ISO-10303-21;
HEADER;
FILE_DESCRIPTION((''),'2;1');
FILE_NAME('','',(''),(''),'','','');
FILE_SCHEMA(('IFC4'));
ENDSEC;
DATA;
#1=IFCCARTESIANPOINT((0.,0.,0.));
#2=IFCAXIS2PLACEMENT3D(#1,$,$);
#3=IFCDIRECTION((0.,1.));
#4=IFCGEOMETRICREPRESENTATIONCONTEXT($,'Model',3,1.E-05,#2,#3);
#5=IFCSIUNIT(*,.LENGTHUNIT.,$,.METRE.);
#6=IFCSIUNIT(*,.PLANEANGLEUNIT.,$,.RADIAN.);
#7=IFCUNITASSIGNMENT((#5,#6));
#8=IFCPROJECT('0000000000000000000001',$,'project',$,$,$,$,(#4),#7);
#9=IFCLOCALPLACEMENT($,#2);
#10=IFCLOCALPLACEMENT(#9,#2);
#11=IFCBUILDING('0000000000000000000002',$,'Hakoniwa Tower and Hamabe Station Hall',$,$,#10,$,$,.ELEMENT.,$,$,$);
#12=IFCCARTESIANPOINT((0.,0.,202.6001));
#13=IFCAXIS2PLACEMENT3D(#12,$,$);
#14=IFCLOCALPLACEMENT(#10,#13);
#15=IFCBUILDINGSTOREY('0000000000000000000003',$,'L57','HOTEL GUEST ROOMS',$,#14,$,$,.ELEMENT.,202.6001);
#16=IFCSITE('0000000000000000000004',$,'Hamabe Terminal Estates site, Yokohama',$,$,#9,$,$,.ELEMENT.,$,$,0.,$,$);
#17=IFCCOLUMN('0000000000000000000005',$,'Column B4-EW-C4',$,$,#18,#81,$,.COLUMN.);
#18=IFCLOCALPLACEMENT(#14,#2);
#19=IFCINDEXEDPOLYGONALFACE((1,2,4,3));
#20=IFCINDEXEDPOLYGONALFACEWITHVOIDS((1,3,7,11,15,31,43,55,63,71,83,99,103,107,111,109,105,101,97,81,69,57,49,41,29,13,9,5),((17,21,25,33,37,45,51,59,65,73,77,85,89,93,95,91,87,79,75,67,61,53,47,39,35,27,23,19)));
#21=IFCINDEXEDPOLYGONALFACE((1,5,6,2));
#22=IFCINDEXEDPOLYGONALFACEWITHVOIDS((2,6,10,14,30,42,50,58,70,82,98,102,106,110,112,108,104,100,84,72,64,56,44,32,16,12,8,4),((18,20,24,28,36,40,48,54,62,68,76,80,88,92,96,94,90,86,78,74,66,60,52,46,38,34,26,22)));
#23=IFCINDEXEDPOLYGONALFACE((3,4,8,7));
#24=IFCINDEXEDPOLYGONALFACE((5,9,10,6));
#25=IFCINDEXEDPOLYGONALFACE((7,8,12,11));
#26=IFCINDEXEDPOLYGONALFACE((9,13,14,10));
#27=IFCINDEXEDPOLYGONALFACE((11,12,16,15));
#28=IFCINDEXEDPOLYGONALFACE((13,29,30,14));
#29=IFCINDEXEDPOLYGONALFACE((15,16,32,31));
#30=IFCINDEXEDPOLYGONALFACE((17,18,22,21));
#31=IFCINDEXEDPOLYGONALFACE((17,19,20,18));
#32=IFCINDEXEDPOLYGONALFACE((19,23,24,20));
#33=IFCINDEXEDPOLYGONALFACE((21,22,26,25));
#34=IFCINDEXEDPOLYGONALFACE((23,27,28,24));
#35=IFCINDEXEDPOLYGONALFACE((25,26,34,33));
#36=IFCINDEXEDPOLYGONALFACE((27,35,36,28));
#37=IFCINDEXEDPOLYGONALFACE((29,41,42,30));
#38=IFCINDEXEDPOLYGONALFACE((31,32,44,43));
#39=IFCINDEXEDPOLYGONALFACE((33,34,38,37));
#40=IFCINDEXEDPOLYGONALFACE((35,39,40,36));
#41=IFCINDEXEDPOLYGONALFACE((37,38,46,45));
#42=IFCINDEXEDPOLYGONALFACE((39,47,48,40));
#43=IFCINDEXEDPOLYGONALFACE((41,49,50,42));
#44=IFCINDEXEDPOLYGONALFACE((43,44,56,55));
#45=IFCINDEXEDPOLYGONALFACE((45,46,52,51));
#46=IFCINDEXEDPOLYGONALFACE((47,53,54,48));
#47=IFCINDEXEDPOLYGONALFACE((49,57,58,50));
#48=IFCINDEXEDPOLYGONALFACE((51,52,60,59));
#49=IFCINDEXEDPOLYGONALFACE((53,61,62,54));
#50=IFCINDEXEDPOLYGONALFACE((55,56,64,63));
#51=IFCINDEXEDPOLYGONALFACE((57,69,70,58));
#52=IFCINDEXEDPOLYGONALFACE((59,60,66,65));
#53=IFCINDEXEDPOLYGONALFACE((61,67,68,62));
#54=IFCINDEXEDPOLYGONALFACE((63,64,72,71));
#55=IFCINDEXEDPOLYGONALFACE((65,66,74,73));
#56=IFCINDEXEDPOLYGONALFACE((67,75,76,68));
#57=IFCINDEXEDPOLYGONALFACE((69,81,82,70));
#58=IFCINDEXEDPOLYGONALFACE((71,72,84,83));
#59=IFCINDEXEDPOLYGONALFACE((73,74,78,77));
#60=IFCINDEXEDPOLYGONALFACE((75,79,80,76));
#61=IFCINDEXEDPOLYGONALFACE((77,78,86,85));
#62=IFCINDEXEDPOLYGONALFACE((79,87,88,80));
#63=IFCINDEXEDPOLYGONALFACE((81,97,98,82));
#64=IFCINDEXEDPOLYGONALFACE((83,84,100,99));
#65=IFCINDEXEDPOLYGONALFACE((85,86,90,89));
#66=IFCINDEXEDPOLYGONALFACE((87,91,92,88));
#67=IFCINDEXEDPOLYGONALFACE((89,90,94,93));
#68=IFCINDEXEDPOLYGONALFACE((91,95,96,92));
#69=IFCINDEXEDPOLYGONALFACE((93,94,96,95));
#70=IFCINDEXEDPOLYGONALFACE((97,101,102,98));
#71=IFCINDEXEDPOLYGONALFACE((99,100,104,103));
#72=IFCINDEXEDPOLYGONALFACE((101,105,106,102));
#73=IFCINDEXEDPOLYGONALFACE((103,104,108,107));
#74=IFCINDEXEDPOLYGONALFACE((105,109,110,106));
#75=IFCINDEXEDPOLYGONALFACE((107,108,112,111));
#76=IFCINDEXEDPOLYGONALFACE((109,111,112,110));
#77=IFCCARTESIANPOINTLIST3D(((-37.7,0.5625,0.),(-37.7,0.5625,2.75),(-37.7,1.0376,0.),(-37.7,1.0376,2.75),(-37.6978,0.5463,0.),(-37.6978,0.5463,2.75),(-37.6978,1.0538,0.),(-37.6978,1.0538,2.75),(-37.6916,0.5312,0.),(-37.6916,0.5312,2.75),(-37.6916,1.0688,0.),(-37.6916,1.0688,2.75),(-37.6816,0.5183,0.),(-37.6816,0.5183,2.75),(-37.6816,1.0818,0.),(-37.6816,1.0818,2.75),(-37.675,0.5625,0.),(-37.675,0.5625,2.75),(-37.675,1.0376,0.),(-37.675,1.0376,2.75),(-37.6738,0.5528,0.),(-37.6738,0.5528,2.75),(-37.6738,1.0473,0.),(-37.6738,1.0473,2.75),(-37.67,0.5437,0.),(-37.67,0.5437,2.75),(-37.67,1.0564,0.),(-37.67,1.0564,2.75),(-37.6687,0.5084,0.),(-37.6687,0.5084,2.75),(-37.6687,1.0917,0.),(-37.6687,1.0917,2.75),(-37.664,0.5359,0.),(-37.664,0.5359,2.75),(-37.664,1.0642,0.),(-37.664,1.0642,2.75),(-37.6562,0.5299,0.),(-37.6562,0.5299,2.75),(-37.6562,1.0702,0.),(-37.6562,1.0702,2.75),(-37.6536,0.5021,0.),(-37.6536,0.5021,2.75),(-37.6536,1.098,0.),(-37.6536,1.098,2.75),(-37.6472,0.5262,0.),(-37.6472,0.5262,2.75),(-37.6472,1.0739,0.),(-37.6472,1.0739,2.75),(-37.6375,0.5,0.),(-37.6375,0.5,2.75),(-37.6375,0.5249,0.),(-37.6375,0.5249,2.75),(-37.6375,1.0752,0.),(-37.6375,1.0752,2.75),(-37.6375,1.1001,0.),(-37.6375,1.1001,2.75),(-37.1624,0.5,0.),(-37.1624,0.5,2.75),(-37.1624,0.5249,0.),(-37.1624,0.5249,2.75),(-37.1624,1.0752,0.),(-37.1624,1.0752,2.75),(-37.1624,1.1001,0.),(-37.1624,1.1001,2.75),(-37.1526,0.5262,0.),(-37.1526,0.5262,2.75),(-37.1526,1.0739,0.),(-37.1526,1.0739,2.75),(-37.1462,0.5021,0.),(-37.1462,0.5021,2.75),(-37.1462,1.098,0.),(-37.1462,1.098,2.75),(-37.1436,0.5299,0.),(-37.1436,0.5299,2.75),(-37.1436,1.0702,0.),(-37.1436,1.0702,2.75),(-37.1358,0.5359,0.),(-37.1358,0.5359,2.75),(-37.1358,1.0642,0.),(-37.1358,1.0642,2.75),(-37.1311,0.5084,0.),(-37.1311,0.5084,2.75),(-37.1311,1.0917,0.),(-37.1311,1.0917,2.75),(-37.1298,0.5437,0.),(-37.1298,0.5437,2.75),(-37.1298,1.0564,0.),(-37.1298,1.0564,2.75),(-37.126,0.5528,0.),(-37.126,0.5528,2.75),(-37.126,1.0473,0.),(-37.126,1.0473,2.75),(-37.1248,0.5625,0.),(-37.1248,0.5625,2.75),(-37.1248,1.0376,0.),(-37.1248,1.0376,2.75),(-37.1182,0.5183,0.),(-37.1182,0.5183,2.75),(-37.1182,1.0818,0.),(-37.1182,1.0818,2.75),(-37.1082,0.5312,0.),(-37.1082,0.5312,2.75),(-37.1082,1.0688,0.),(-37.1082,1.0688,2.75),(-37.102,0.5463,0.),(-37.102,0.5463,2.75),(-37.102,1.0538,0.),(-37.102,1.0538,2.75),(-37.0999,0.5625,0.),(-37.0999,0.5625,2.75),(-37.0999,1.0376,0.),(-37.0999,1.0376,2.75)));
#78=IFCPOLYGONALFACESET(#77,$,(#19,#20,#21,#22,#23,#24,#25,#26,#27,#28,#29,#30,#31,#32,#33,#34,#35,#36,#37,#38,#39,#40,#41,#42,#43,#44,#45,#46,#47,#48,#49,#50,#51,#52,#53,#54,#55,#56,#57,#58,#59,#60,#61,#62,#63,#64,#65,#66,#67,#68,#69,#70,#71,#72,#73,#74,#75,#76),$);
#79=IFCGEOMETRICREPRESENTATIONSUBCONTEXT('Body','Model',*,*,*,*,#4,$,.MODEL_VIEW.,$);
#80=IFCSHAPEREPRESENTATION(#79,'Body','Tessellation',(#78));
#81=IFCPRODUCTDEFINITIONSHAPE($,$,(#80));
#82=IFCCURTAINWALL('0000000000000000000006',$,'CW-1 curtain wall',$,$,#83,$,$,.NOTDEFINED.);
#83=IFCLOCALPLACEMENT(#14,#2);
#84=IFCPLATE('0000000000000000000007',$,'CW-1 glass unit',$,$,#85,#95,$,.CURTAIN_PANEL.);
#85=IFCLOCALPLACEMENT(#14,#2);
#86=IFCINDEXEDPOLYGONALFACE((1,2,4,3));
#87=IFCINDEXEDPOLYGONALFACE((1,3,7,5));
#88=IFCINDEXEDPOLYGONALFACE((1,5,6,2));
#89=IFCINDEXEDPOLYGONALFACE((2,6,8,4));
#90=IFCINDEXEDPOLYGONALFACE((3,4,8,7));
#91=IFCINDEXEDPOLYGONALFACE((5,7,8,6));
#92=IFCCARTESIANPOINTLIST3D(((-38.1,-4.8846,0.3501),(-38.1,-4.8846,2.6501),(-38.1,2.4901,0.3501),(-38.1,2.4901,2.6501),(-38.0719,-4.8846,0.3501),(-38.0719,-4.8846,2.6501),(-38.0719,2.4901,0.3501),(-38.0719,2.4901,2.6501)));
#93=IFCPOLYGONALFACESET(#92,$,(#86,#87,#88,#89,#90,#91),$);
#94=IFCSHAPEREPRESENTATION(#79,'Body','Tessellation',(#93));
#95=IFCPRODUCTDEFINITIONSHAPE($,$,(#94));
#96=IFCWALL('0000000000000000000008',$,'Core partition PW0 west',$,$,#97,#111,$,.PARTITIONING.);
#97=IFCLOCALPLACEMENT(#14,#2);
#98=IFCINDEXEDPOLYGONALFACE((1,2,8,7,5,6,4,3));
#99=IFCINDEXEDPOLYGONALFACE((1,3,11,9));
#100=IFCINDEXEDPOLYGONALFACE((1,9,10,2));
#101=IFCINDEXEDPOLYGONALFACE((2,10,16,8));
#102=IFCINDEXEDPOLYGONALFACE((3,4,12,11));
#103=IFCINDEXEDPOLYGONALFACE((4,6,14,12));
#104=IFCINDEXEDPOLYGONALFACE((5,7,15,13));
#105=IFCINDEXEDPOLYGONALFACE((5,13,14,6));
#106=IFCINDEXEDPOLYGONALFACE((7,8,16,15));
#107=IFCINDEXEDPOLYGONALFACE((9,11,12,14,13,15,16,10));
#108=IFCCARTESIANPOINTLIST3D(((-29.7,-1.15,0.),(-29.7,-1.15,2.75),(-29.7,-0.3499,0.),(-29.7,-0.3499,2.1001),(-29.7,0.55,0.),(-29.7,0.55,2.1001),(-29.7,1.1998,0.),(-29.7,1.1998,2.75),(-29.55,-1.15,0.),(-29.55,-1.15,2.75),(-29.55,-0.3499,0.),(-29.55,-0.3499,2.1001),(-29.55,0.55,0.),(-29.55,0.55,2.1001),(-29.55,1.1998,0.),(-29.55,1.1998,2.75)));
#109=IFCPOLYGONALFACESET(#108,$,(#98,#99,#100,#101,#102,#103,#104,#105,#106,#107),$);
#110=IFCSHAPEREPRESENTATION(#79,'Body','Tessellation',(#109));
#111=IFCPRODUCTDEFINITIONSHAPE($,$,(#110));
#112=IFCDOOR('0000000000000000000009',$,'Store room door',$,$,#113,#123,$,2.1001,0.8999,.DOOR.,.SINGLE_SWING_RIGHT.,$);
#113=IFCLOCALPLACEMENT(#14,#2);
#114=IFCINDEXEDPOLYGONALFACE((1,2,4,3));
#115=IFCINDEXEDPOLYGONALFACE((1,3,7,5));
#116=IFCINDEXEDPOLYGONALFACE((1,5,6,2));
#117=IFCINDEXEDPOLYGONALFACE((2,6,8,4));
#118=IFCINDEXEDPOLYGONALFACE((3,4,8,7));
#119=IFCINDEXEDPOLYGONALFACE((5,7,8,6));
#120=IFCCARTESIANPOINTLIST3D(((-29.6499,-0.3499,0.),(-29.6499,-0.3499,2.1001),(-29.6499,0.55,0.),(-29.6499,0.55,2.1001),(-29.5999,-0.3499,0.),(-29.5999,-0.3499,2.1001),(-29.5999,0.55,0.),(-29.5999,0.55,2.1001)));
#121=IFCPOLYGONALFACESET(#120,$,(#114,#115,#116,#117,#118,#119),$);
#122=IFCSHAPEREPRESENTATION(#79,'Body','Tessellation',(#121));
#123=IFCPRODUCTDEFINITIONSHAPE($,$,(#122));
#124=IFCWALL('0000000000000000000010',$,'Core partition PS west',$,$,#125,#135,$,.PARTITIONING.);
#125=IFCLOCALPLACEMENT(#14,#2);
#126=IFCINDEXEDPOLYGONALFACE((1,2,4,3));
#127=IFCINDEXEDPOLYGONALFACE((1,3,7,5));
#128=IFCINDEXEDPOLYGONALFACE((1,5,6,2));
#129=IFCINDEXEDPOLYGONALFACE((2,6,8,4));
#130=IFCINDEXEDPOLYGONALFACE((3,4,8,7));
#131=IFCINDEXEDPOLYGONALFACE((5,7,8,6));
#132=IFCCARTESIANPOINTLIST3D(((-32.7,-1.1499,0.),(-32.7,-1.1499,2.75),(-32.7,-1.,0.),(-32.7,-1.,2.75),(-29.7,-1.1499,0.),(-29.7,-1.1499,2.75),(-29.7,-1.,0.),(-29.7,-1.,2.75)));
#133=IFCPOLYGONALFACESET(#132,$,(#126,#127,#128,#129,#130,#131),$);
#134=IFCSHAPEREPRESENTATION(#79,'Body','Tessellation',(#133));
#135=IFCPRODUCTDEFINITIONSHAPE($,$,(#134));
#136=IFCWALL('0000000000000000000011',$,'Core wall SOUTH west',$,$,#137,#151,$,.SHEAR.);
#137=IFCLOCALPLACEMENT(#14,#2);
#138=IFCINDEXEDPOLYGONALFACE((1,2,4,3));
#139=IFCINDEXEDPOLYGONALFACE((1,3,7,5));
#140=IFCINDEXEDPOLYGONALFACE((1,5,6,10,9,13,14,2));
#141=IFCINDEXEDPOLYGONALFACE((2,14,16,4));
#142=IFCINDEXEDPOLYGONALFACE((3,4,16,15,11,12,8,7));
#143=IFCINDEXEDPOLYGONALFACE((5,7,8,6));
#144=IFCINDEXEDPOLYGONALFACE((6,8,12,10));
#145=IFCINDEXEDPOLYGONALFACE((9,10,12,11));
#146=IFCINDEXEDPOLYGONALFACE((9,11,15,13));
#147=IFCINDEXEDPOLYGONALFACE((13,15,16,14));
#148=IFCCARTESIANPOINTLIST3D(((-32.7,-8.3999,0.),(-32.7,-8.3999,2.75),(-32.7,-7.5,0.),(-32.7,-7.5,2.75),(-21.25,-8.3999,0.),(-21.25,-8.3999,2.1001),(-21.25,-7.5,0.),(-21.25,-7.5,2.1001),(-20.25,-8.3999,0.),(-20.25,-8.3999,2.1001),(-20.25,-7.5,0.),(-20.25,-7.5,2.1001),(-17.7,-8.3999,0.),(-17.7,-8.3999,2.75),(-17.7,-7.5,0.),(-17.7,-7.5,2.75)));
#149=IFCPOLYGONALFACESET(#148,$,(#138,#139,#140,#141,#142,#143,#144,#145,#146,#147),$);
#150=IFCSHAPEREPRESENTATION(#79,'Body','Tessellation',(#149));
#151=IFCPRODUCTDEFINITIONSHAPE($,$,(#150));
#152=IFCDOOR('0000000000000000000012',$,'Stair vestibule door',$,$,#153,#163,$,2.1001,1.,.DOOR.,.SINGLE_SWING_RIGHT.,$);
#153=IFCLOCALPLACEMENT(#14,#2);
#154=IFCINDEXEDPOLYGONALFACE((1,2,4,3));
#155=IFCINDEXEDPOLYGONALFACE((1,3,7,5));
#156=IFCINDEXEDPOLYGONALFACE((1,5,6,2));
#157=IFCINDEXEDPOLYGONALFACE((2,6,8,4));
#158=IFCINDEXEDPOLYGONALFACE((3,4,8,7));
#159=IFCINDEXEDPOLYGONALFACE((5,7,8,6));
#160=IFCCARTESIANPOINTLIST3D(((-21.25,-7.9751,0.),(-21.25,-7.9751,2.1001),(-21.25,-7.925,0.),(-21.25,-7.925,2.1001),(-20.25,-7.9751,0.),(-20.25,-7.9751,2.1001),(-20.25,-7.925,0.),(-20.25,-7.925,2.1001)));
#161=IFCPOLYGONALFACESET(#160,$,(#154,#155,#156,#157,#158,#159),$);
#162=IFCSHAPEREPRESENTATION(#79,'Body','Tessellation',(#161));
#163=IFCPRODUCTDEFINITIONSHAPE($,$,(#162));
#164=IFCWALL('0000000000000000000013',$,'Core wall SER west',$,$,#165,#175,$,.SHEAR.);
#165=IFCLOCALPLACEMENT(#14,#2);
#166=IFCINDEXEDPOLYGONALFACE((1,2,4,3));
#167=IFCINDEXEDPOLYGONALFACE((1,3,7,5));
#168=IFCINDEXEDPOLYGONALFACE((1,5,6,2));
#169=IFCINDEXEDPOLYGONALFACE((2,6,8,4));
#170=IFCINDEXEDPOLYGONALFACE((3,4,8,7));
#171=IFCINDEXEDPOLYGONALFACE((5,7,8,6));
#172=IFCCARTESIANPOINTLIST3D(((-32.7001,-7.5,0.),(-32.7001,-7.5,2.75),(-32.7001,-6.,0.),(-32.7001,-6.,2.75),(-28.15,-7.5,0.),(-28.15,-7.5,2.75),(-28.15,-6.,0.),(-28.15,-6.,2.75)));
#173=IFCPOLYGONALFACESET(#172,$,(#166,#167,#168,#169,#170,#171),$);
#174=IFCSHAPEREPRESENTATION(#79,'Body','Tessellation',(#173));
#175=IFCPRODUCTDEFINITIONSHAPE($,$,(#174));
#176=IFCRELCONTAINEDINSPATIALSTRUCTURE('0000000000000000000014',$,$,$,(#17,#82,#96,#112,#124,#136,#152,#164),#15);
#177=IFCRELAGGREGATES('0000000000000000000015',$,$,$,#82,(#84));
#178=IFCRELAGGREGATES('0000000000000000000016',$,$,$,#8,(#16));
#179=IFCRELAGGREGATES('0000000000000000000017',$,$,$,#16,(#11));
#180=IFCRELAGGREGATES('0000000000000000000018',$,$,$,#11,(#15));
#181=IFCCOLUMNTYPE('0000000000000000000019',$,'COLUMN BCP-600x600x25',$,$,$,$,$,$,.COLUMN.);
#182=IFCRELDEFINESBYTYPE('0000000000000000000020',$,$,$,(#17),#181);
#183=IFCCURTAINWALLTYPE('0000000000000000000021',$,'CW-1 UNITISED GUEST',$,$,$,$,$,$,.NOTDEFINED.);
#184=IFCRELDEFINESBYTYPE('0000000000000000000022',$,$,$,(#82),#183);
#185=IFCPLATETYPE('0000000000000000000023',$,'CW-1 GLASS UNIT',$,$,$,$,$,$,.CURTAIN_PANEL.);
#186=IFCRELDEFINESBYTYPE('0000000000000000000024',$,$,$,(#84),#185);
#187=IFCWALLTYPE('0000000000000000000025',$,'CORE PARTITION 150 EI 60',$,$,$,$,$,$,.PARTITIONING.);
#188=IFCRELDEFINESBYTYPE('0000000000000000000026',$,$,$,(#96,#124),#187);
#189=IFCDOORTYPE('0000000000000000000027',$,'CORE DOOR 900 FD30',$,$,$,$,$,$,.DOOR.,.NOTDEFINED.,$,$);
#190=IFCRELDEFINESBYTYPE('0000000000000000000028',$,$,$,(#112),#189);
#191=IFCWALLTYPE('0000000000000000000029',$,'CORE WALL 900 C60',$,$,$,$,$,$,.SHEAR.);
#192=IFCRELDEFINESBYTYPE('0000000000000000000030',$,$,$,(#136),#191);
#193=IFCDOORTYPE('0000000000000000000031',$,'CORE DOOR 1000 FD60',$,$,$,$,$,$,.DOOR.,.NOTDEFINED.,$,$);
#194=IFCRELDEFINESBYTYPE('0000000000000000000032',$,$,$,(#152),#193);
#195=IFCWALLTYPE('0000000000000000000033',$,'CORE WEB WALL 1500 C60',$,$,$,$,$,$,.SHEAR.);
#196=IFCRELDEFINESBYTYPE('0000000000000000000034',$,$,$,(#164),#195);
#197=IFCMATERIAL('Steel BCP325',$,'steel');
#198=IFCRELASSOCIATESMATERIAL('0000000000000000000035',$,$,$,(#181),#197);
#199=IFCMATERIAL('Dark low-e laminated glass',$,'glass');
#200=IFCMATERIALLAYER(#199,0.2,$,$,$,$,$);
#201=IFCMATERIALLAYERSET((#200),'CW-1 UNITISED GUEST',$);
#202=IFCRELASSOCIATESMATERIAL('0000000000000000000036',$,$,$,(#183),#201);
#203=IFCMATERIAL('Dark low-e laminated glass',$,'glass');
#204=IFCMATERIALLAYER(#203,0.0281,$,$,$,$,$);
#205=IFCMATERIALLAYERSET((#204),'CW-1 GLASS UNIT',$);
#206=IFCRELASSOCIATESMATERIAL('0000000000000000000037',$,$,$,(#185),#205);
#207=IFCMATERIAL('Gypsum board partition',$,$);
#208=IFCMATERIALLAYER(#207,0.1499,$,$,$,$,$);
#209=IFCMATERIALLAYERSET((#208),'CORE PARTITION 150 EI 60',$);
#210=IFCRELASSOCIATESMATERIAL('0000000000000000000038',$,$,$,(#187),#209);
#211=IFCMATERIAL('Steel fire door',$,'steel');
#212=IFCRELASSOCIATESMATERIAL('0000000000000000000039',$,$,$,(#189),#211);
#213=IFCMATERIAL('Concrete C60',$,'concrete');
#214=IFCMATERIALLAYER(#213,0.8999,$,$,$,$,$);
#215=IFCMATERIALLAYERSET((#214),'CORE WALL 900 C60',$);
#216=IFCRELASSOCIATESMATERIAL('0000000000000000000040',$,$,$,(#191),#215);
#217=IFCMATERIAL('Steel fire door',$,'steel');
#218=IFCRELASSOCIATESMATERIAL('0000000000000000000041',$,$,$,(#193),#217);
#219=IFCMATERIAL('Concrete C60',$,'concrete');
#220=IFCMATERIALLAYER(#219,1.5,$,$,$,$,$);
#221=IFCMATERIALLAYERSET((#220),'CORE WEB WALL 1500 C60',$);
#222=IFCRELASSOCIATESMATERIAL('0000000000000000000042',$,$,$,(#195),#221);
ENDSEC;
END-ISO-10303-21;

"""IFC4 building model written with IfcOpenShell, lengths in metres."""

from ifc_helpers import new_model, si_unit, direction, frame, frame_2d, origin, origin_2d, place, context, subcontext, project, spatial, rectangle, hollow_rectangle, extrude, material, layer, layer_set, material_profile, profile_set, type_object, element, fill, aggregate, save


model = new_model("IFC4")

# Units and contexts
model_context = context("Model", 3, precision=1e-05, world=origin(), true_north=direction((0.0, 1.0)))
body_context = subcontext(model_context, "Body", "Model", "MODEL_VIEW")
ifc_project = project(units=[si_unit("LENGTHUNIT", "METRE"), si_unit("PLANEANGLEUNIT", "RADIAN")], contexts=[model_context])

# Site, building, storey
site_placement = place(None, origin())
site = spatial("IfcSite", under=ifc_project, at=site_placement, Name="Hamabe Terminal Estates site, Yokohama", CompositionType="ELEMENT", RefElevation=0.0)
building_placement = place(site_placement, origin())
building = spatial("IfcBuilding", under=site, at=building_placement, Name="Hakoniwa Tower and Hamabe Station Hall", CompositionType="ELEMENT")
storey_placement = place(building_placement, frame((0.0, 0.0, 202.6001)))
storey = spatial("IfcBuildingStorey", under=building, at=storey_placement, Name="L57", Description="HOTEL GUEST ROOMS", CompositionType="ELEMENT", Elevation=202.6001)

# Column
ifc_material_1 = material(Name="Steel BCP325", Category="steel")
ifc_material_profile = material_profile(ifc_material_1, hollow_rectangle(XDim=0.6001, YDim=0.6001, WallThickness=0.0249, InnerFilletRadius=0.0376, OuterFilletRadius=0.0625, at=origin_2d()), Name="BCP-600x600x25")
ifc_profile_set = profile_set([ifc_material_profile], Name="Steel BCP325")
column_type = type_object("IfcColumnType", Name="COLUMN BCP-600x600x25", PredefinedType="COLUMN", material=ifc_profile_set)
column_placement = place(storey_placement, frame((-37.3999, 0.8, 0.0), z_axis=(0.0, 0.0, 1.0), x_axis=(1.0, 0.0, 0.0)))
element("IfcColumn", 1, at=column_placement, inside=storey, type_object=column_type, Name="Column B4-EW-C4", PredefinedType="COLUMN", context=body_context, shape_type="SweptSolid", body=[
    extrude(hollow_rectangle(XDim=0.6001, YDim=0.6001, WallThickness=0.0249, InnerFilletRadius=0.0376, OuterFilletRadius=0.0625, at=origin_2d()), origin(), (0.0, 0.0, 1.0), 2.75),
])

# Curtain wall, plate
ifc_material_2 = material(Name="Dark low-e laminated glass", Category="glass")
ifc_layer_1 = layer(ifc_material_2, 0.2)
ifc_layer_set_1 = layer_set([ifc_layer_1], Name="CW-1 UNITISED GUEST")
curtain_wall_type = type_object("IfcCurtainWallType", Name="CW-1 UNITISED GUEST", PredefinedType="NOTDEFINED", material=ifc_layer_set_1)
curtain_wall_placement = place(storey_placement, origin())
curtain_wall = element("IfcCurtainWall", 2, at=curtain_wall_placement, inside=storey, type_object=curtain_wall_type, Name="CW-1 curtain wall", PredefinedType="NOTDEFINED")
ifc_material_3 = material(Name="Dark low-e laminated glass", Category="glass")
ifc_layer_2 = layer(ifc_material_3, 0.0281)
ifc_layer_set_2 = layer_set([ifc_layer_2], Name="CW-1 GLASS UNIT")
plate_type = type_object("IfcPlateType", Name="CW-1 GLASS UNIT", PredefinedType="CURTAIN_PANEL", material=ifc_layer_set_2)
plate_placement = place(storey_placement, frame((-38.0859, -1.1973, 0.3501), z_axis=(0.0, 0.0, 1.0), x_axis=(0.0, -1.0, 0.0)))
plate = element("IfcPlate", 3, at=plate_placement, type_object=plate_type, Name="CW-1 glass unit", PredefinedType="CURTAIN_PANEL", context=body_context, shape_type="SweptSolid", body=[
    extrude(rectangle(XDim=7.3748, YDim=0.0281, at=origin_2d()), origin(), (0.0, 0.0, 1.0), 2.3),
])
aggregate(curtain_wall, [plate])

# Wall, opening, door
ifc_material_4 = material(Name="Gypsum board partition")
ifc_layer_3 = layer(ifc_material_4, 0.1499)
ifc_layer_set_3 = layer_set([ifc_layer_3], Name="CORE PARTITION 150 EI 60")
wall_type_1 = type_object("IfcWallType", Name="CORE PARTITION 150 EI 60", PredefinedType="PARTITIONING", material=ifc_layer_set_3)
wall_1_placement = place(storey_placement, frame((-29.625, -1.1499, 0.0), z_axis=(0.0, 0.0, 1.0), x_axis=(0.0, 1.0, 0.0)))
wall_1 = element("IfcWall", 4, at=wall_1_placement, inside=storey, type_object=wall_type_1, Name="Core partition PW0 west", PredefinedType="PARTITIONING", context=body_context, shape_type="SweptSolid", body=[
    extrude(rectangle(XDim=2.3499, YDim=0.1499, at=frame_2d((1.1748, 0.0))), origin(), (0.0, 0.0, 1.0), 2.75),
])
opening_1_placement = place(wall_1_placement, frame((0.8, 0.0, 0.0)))
opening_1 = element("IfcOpeningElement", 5, at=opening_1_placement, cuts=wall_1, PredefinedType="OPENING", context=body_context, shape_type="SweptSolid", body=[
    extrude(rectangle(XDim=0.8999, YDim=2.1001, at=frame_2d((0.45, 1.05))), frame((0.0, 0.085, 0.0), z_axis=(0.0, -1.0, 0.0), x_axis=(1.0, 0.0, 0.0)), (0.0, 0.0, 1.0), 0.1699),
])
ifc_material_5 = material(Name="Steel fire door", Category="steel")
door_type_1 = type_object("IfcDoorType", Name="CORE DOOR 900 FD30", OperationType="NOTDEFINED", PredefinedType="DOOR", material=ifc_material_5)
door_1_placement = place(opening_1_placement, origin())
door_1 = element("IfcDoor", 6, at=door_1_placement, inside=storey, type_object=door_type_1, Name="Store room door", OperationType="SINGLE_SWING_RIGHT", OverallHeight=2.1001, OverallWidth=0.8999, PredefinedType="DOOR", context=body_context, shape_type="SweptSolid", body=[
    extrude(rectangle(XDim=0.8999, YDim=2.1001, at=frame_2d((0.45, 1.05))), frame((0.0, 0.0249, 0.0), z_axis=(0.0, -1.0, 0.0), x_axis=(1.0, 0.0, 0.0)), (0.0, 0.0, 1.0), 0.05),
])
fill(opening_1, door_1)

# Wall
wall_2_placement = place(storey_placement, frame((-32.7, -1.075, 0.0), z_axis=(0.0, 0.0, 1.0), x_axis=(1.0, 0.0, 0.0)))
element("IfcWall", 7, at=wall_2_placement, inside=storey, type_object=wall_type_1, Name="Core partition PS west", PredefinedType="PARTITIONING", context=body_context, shape_type="SweptSolid", body=[
    extrude(rectangle(XDim=3.0, YDim=0.1499, at=frame_2d((1.5, 0.0))), origin(), (0.0, 0.0, 1.0), 2.75),
])

# Wall, opening, door
ifc_material_6 = material(Name="Concrete C60", Category="concrete")
ifc_layer_4 = layer(ifc_material_6, 0.8999)
ifc_layer_set_4 = layer_set([ifc_layer_4], Name="CORE WALL 900 C60")
wall_type_2 = type_object("IfcWallType", Name="CORE WALL 900 C60", PredefinedType="SHEAR", material=ifc_layer_set_4)
wall_3_placement = place(storey_placement, frame((-32.7, -7.95, 0.0), z_axis=(0.0, 0.0, 1.0), x_axis=(1.0, 0.0, 0.0)))
wall_3 = element("IfcWall", 8, at=wall_3_placement, inside=storey, type_object=wall_type_2, Name="Core wall SOUTH west", PredefinedType="SHEAR", context=body_context, shape_type="SweptSolid", body=[
    extrude(rectangle(XDim=15.0, YDim=0.8999, at=frame_2d((7.5, 0.0))), origin(), (0.0, 0.0, 1.0), 2.75),
])
opening_2_placement = place(wall_3_placement, frame((11.45, 0.0, 0.0)))
opening_2 = element("IfcOpeningElement", 9, at=opening_2_placement, cuts=wall_3, PredefinedType="OPENING", context=body_context, shape_type="SweptSolid", body=[
    extrude(rectangle(XDim=1.0, YDim=2.1001, at=frame_2d((0.5, 1.05))), frame((0.0, 0.46, 0.0), z_axis=(0.0, -1.0, 0.0), x_axis=(1.0, 0.0, 0.0)), (0.0, 0.0, 1.0), 0.9199),
])
ifc_material_7 = material(Name="Steel fire door", Category="steel")
door_type_2 = type_object("IfcDoorType", Name="CORE DOOR 1000 FD60", OperationType="NOTDEFINED", PredefinedType="DOOR", material=ifc_material_7)
door_2_placement = place(opening_2_placement, origin())
door_2 = element("IfcDoor", 10, at=door_2_placement, inside=storey, type_object=door_type_2, Name="Stair vestibule door", OperationType="SINGLE_SWING_RIGHT", OverallHeight=2.1001, OverallWidth=1.0, PredefinedType="DOOR", context=body_context, shape_type="SweptSolid", body=[
    extrude(rectangle(XDim=1.0, YDim=2.1001, at=frame_2d((0.5, 1.05))), frame((0.0, 0.0249, 0.0), z_axis=(0.0, -1.0, 0.0), x_axis=(1.0, 0.0, 0.0)), (0.0, 0.0, 1.0), 0.05),
])
fill(opening_2, door_2)

# Wall
ifc_material_8 = material(Name="Concrete C60", Category="concrete")
ifc_layer_5 = layer(ifc_material_8, 1.5)
ifc_layer_set_5 = layer_set([ifc_layer_5], Name="CORE WEB WALL 1500 C60")
wall_type_3 = type_object("IfcWallType", Name="CORE WEB WALL 1500 C60", PredefinedType="SHEAR", material=ifc_layer_set_5)
wall_4_placement = place(storey_placement, frame((-32.7, -6.75, 0.0), z_axis=(0.0, 0.0, 1.0), x_axis=(1.0, 0.0, 0.0)))
element("IfcWall", 11, at=wall_4_placement, inside=storey, type_object=wall_type_3, Name="Core wall SER west", PredefinedType="SHEAR", context=body_context, shape_type="SweptSolid", body=[
    extrude(rectangle(XDim=4.55, YDim=1.5, at=frame_2d((2.2749, 0.0))), origin(), (0.0, 0.0, 1.0), 2.75),
])

save(model, "model.ifc")
